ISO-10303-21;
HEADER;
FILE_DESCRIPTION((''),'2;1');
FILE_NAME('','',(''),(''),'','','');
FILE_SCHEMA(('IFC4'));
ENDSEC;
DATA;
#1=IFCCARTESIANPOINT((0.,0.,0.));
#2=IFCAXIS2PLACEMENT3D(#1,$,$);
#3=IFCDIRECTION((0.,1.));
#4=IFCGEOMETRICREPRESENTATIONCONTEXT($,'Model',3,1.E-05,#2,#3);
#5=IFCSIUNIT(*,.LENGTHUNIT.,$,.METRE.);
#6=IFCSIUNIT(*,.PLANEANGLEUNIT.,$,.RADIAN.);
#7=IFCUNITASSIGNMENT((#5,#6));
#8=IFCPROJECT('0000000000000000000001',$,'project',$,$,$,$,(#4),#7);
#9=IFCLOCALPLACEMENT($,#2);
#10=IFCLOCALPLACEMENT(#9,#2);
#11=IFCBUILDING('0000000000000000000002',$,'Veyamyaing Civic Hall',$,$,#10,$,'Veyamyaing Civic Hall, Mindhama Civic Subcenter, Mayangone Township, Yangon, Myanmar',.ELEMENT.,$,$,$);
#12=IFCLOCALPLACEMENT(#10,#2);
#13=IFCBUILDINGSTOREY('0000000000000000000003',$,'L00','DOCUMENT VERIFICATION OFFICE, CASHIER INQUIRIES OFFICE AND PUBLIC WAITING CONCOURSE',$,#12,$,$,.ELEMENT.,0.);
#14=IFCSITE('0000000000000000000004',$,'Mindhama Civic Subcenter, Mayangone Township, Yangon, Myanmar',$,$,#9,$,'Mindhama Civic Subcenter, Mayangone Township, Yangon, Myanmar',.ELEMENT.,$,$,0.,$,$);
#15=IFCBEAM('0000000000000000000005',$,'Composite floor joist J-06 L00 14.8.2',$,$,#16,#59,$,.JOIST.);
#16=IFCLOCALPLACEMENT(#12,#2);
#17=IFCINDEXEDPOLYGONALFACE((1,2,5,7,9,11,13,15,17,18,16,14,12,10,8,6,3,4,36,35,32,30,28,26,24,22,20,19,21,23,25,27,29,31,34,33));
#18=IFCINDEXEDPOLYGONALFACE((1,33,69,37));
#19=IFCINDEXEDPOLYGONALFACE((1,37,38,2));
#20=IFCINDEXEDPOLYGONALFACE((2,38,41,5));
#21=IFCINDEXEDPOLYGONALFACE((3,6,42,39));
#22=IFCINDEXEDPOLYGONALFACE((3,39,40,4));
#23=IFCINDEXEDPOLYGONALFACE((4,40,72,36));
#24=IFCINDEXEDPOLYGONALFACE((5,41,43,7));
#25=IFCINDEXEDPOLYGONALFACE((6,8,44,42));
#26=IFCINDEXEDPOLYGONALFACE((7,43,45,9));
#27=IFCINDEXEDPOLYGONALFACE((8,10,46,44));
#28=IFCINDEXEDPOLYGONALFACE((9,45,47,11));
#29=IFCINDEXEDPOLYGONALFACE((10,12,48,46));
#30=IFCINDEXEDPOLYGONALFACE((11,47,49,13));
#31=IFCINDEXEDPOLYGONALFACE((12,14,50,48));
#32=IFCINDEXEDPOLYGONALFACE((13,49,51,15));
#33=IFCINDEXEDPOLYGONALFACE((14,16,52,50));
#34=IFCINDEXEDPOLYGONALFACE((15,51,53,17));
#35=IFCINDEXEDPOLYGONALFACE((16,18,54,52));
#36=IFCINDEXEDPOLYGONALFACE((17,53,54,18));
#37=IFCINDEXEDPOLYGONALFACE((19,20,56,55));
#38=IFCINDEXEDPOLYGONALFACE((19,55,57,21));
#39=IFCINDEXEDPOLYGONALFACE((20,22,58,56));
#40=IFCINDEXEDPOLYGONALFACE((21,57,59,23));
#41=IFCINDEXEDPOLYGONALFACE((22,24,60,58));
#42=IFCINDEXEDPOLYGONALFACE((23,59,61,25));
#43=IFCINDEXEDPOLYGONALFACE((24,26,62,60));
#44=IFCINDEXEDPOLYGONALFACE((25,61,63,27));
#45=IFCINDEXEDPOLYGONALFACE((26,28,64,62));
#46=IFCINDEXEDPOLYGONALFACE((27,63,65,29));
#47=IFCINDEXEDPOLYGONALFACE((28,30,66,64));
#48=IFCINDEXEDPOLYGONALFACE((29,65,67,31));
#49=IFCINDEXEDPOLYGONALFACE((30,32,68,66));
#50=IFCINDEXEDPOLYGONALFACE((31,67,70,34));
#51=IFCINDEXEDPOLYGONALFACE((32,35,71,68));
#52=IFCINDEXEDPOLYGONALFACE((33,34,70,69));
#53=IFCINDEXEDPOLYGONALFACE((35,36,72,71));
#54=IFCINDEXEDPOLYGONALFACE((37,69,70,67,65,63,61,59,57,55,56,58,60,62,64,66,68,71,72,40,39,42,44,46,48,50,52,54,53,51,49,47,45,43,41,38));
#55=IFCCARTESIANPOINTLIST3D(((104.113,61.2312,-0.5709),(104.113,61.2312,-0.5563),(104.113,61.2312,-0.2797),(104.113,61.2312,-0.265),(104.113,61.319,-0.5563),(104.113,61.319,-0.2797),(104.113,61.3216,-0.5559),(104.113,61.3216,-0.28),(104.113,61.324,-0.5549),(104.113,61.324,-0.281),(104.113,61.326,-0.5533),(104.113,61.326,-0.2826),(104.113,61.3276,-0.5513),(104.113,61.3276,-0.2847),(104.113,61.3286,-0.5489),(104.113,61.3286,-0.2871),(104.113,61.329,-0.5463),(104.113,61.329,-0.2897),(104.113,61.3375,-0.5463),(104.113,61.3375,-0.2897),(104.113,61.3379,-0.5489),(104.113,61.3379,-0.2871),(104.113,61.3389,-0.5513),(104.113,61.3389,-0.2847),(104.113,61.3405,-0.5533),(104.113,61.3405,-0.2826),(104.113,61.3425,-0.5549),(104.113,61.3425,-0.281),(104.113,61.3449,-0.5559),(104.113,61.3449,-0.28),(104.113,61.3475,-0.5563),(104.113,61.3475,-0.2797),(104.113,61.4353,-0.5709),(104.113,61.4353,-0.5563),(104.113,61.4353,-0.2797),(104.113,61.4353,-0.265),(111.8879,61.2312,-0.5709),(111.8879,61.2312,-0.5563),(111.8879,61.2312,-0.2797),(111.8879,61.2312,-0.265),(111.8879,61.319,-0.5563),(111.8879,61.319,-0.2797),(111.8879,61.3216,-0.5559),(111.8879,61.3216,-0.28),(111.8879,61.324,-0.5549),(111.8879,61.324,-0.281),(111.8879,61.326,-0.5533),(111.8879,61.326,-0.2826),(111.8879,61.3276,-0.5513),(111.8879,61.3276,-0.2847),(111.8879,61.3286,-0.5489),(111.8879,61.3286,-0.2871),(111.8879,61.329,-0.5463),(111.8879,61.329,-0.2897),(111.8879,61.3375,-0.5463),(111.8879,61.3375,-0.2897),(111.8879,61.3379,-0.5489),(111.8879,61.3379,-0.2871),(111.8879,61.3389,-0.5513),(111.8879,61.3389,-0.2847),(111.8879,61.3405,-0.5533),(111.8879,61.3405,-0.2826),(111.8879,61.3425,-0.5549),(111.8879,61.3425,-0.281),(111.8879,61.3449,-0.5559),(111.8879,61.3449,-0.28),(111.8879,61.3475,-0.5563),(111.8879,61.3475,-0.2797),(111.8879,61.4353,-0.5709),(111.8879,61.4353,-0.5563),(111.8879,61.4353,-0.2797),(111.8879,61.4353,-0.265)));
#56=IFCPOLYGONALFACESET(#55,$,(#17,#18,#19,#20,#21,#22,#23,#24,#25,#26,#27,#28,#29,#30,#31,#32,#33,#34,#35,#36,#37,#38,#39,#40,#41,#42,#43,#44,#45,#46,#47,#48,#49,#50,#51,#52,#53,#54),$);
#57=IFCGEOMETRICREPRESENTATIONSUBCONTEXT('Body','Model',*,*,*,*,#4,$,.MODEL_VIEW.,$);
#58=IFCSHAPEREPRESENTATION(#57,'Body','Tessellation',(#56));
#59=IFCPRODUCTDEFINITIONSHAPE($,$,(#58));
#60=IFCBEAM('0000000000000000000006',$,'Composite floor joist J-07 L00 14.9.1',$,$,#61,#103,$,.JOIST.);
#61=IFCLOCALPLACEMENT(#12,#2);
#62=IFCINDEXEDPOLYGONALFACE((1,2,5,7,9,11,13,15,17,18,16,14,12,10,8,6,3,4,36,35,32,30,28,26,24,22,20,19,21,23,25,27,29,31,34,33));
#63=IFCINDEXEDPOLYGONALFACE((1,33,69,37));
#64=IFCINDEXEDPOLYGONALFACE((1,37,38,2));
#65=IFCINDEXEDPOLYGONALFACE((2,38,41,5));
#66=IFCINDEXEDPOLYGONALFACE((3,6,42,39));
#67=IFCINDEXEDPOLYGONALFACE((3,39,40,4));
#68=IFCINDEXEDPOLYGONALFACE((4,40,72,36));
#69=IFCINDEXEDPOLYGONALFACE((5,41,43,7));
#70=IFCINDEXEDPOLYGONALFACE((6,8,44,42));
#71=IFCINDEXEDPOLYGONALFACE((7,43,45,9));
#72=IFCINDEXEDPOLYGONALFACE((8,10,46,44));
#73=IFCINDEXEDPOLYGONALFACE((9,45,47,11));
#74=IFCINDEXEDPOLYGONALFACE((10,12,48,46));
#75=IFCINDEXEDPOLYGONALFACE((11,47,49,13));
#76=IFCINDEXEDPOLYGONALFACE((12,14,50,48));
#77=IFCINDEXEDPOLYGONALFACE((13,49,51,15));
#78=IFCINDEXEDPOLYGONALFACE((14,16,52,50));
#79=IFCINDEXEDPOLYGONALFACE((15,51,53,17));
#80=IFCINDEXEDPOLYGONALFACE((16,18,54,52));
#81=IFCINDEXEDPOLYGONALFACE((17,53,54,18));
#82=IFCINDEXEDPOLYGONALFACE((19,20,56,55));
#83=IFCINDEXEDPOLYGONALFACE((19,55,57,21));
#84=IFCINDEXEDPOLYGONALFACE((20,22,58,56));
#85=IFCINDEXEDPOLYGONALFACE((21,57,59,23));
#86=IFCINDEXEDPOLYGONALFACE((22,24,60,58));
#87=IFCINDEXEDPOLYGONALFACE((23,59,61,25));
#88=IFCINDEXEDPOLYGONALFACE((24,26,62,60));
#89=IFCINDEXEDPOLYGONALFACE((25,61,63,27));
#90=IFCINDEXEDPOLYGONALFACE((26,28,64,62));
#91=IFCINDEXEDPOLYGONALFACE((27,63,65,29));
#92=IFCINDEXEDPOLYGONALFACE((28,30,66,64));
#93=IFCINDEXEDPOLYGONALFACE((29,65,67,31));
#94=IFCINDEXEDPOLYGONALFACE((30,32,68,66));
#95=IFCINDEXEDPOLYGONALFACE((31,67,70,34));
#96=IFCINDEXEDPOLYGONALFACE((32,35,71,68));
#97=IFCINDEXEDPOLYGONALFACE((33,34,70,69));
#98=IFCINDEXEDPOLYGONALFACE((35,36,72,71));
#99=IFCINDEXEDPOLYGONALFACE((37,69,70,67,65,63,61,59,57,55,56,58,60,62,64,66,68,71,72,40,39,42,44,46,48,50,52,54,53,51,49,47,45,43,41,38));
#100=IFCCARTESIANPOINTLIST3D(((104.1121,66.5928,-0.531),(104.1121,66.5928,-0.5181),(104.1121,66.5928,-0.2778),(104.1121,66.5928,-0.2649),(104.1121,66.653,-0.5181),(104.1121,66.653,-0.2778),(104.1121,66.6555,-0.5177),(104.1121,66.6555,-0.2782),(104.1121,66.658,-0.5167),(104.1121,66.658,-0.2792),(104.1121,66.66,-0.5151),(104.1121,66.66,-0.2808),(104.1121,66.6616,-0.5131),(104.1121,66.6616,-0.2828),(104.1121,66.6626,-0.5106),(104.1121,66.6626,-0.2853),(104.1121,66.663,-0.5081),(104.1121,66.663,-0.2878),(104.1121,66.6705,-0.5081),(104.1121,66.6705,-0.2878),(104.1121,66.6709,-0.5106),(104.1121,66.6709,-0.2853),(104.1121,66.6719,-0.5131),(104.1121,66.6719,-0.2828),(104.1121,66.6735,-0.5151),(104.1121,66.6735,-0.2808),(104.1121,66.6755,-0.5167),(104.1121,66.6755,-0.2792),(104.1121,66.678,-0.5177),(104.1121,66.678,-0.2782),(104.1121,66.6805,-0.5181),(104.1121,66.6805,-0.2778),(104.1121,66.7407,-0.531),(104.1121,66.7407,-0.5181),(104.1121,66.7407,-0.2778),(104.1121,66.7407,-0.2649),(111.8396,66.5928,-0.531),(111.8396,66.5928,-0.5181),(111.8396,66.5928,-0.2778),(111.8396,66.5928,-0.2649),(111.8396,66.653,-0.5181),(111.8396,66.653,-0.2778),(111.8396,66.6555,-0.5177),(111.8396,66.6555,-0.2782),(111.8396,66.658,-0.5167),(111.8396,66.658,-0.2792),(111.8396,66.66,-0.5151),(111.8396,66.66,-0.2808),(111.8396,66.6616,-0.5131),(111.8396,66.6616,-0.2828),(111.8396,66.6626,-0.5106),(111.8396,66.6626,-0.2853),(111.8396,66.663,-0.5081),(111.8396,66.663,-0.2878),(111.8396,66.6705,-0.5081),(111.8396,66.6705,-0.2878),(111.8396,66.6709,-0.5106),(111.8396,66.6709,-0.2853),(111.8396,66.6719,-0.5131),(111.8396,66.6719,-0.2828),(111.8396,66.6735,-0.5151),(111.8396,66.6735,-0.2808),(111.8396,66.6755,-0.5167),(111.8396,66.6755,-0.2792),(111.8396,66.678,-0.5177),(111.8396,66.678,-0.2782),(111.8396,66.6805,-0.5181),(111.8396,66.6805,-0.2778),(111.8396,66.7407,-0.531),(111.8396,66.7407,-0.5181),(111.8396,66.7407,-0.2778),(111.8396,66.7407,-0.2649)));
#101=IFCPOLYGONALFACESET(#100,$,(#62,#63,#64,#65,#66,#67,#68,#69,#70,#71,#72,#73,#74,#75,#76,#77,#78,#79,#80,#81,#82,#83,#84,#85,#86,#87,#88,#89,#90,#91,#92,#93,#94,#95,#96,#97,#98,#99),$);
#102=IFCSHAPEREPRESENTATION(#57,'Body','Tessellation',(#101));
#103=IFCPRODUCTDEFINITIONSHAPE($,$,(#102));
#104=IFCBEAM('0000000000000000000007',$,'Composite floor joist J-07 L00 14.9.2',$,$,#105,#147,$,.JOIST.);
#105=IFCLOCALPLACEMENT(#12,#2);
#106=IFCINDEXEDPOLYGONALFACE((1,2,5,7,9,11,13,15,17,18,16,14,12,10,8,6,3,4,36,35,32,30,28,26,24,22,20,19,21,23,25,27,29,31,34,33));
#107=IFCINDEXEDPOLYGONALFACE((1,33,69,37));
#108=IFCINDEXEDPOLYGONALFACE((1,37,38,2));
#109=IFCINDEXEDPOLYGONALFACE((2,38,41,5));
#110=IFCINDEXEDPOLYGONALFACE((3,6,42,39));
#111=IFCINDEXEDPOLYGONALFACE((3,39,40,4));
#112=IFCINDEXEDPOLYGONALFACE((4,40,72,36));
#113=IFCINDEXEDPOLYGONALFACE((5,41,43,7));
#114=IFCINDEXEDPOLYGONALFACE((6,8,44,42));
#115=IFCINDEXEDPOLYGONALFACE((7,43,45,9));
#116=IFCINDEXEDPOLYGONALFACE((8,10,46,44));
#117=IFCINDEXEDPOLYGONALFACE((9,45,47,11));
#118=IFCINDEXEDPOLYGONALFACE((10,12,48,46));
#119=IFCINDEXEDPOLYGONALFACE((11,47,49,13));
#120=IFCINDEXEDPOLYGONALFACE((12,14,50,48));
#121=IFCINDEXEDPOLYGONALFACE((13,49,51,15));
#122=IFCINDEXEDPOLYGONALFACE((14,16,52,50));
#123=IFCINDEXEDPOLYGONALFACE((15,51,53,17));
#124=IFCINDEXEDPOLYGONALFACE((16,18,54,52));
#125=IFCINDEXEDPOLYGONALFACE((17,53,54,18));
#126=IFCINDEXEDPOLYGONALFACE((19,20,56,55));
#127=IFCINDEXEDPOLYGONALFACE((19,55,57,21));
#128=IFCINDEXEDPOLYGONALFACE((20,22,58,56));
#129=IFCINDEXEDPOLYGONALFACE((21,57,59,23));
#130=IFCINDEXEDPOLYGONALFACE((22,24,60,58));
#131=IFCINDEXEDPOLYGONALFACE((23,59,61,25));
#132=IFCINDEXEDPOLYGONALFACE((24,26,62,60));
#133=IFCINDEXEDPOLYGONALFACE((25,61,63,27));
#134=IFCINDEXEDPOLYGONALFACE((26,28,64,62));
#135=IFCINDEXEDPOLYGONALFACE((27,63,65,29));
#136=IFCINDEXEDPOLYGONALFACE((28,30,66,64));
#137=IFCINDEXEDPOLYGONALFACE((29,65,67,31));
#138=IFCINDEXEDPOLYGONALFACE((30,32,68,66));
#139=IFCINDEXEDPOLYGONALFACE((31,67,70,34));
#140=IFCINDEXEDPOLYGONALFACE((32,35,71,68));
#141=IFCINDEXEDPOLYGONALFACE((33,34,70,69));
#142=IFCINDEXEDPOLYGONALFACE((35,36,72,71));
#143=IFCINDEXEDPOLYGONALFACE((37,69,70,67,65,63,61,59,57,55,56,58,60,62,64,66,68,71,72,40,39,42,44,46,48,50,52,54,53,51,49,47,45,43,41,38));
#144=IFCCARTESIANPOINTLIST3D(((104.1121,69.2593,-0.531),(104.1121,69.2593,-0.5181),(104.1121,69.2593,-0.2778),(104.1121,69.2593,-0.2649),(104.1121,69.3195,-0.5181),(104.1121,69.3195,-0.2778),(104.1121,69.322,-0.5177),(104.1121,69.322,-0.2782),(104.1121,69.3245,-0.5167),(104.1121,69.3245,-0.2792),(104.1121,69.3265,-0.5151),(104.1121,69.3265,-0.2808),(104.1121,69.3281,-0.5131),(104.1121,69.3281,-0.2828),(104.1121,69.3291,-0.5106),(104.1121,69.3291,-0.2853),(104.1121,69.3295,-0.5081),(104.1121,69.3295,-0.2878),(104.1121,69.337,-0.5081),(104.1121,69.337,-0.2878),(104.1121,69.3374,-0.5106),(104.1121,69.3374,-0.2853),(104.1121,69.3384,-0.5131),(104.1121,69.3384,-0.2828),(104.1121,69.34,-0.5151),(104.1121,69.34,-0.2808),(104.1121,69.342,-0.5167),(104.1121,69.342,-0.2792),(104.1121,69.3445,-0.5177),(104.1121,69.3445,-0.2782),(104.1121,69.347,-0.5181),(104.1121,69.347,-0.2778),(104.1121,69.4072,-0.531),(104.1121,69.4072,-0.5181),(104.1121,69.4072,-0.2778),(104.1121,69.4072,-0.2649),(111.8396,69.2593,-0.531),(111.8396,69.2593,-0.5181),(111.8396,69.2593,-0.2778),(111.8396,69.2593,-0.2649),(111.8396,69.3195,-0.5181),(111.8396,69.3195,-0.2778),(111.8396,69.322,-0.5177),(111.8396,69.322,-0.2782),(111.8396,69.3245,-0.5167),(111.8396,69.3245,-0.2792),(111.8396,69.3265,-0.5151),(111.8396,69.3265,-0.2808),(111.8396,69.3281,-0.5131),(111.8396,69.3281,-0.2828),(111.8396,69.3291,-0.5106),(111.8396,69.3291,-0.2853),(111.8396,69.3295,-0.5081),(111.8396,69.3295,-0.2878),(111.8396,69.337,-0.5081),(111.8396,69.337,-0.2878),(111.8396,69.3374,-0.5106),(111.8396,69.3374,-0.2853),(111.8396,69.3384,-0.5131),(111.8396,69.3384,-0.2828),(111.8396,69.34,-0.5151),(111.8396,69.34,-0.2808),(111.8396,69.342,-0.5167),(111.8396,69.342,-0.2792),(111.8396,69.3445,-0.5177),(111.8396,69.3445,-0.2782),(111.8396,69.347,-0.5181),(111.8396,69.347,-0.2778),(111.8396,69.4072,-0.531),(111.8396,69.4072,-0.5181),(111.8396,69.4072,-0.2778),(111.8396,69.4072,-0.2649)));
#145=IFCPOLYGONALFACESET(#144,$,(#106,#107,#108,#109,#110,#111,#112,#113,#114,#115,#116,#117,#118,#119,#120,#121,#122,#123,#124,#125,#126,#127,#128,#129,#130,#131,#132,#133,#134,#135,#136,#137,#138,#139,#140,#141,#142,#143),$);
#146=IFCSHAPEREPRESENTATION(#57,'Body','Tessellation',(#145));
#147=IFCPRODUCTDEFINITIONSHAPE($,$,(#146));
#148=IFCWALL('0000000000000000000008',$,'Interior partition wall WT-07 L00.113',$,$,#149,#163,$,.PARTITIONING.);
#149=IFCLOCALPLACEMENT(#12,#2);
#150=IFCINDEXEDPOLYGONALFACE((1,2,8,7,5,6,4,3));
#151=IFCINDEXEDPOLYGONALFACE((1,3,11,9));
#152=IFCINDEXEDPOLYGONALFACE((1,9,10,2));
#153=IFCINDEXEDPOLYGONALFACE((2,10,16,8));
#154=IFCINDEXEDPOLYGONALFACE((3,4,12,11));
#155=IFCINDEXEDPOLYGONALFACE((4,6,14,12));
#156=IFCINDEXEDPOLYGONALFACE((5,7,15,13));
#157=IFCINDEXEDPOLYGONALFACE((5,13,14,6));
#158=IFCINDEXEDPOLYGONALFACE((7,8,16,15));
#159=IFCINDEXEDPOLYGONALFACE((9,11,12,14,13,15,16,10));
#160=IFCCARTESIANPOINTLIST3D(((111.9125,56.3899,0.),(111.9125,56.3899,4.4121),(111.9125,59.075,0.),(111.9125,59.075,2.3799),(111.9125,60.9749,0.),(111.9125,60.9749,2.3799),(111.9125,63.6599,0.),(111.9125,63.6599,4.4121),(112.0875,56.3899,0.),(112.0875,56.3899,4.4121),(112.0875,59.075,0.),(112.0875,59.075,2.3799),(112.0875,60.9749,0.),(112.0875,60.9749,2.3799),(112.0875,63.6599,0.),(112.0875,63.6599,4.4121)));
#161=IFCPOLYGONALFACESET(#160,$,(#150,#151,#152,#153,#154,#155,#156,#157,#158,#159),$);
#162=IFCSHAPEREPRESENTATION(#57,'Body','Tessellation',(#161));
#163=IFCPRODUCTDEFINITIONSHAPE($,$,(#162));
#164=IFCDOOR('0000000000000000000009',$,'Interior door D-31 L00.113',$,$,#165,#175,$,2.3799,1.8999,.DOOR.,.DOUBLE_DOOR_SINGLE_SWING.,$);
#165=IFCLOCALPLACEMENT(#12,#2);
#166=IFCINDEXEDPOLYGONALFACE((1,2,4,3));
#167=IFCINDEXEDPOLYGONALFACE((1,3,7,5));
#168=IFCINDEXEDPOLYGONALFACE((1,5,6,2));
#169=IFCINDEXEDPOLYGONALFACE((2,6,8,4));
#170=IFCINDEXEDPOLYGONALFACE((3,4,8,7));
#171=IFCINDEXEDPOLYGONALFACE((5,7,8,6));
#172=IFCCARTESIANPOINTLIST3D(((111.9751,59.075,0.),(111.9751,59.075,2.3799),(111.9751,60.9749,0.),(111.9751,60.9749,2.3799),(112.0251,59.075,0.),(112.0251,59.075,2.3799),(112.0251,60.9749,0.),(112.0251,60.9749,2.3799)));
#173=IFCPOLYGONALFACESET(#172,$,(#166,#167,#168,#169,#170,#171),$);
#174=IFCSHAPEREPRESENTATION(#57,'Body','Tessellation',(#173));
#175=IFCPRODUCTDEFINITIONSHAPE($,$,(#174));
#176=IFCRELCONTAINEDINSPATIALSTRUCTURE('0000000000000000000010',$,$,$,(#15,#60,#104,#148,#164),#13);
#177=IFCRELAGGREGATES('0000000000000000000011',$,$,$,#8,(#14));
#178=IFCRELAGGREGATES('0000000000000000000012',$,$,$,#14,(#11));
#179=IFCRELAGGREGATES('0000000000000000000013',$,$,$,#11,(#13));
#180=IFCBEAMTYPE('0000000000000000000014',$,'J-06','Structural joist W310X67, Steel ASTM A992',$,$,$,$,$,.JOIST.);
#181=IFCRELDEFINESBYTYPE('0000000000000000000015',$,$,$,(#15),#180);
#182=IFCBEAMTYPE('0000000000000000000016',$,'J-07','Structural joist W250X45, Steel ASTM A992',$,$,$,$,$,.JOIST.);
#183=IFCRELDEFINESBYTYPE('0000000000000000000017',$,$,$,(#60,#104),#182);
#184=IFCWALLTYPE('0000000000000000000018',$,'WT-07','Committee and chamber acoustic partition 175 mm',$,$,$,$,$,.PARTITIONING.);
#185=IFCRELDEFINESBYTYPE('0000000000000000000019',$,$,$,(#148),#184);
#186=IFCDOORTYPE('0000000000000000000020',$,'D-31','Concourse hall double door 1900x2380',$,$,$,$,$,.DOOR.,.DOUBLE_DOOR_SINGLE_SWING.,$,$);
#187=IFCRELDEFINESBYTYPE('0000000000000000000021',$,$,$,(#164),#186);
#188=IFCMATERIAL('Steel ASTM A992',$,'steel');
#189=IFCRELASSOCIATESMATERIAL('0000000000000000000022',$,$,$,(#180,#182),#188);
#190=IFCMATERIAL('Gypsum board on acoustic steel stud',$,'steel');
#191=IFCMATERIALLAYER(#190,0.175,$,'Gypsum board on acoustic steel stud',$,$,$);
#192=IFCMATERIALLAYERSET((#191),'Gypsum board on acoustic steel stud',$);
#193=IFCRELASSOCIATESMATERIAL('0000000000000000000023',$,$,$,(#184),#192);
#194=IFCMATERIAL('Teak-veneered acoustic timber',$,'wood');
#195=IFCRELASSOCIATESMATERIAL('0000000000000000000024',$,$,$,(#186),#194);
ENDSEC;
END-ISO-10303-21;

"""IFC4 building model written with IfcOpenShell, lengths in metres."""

from ifc_helpers import new_model, si_unit, direction, frame, frame_2d, origin, origin_2d, place, context, subcontext, project, spatial, rectangle, i_section, extrude, material, layer, layer_set, material_profile, profile_set, type_object, element, fill, save


model = new_model("IFC4")

# Units and contexts
model_context = context("Model", 3, precision=1e-05, world=origin(), true_north=direction((0.0, 1.0)))
body_context = subcontext(model_context, "Body", "Model", "MODEL_VIEW")
ifc_project = project(units=[si_unit("LENGTHUNIT", "METRE"), si_unit("PLANEANGLEUNIT", "RADIAN")], contexts=[model_context])

# Site, building, storey
site_placement = place(None, origin())
site = spatial("IfcSite", under=ifc_project, at=site_placement, Name="Mindhama Civic Subcenter, Mayangone Township, Yangon, Myanmar", LongName="Mindhama Civic Subcenter, Mayangone Township, Yangon, Myanmar", CompositionType="ELEMENT", RefElevation=0.0)
building_placement = place(site_placement, origin())
building = spatial("IfcBuilding", under=site, at=building_placement, Name="Veyamyaing Civic Hall", LongName="Veyamyaing Civic Hall, Mindhama Civic Subcenter, Mayangone Township, Yangon, Myanmar", CompositionType="ELEMENT")
storey_placement = place(building_placement, origin())
storey = spatial("IfcBuildingStorey", under=building, at=storey_placement, Name="L00", Description="DOCUMENT VERIFICATION OFFICE, CASHIER INQUIRIES OFFICE AND PUBLIC WAITING CONCOURSE", CompositionType="ELEMENT", Elevation=0.0)

# Beams
ifc_material_1 = material(Name="Steel ASTM A992", Category="steel")
ifc_material_profile_1 = material_profile(ifc_material_1, i_section(OverallWidth=0.2041, OverallDepth=0.3059, WebThickness=0.0085, FlangeThickness=0.0146, FilletRadius=0.01, at=origin_2d()), Name="W310X67")
ifc_profile_set_1 = profile_set([ifc_material_profile_1], Name="Steel ASTM A992")
beam_type_1 = type_object("IfcBeamType", Name="J-06", Description="Structural joist W310X67, Steel ASTM A992", PredefinedType="JOIST", material=ifc_profile_set_1)
for number, where, z_axis, x_axis, name in (
    (1, (104.113, 61.3333, -0.418), (1.0, 0.0, 0.0), (0.0, 1.0, 0.0), "Composite floor joist J-06 L00 14.8.2"),
):
    element("IfcBeam", number, at=place(storey_placement, frame(where, z_axis=z_axis, x_axis=x_axis)), inside=storey, type_object=beam_type_1, Name=name, PredefinedType="JOIST", context=body_context, shape_type="SweptSolid", body=[
        extrude(i_section(OverallWidth=0.2041, OverallDepth=0.3059, WebThickness=0.0085, FlangeThickness=0.0146, FilletRadius=0.01, at=origin_2d()), origin(), (0.0, 0.0, 1.0), 7.7749),
    ])
ifc_material_profile_2 = material_profile(ifc_material_1, i_section(OverallWidth=0.1479, OverallDepth=0.2661, WebThickness=0.0076, FlangeThickness=0.0129, FilletRadius=0.01, at=origin_2d()), Name="W250X45")
ifc_profile_set_2 = profile_set([ifc_material_profile_2], Name="Steel ASTM A992")
beam_type_2 = type_object("IfcBeamType", Name="J-07", Description="Structural joist W250X45, Steel ASTM A992", PredefinedType="JOIST", material=ifc_profile_set_2)
for number, where, z_axis, x_axis, name in (
    (2, (104.1121, 66.6667, -0.3979), (1.0, 0.0, 0.0), (0.0, 1.0, 0.0), "Composite floor joist J-07 L00 14.9.1"),
    (3, (104.1121, 69.3333, -0.3979), (1.0, 0.0, 0.0), (0.0, 1.0, 0.0), "Composite floor joist J-07 L00 14.9.2"),
):
    element("IfcBeam", number, at=place(storey_placement, frame(where, z_axis=z_axis, x_axis=x_axis)), inside=storey, type_object=beam_type_2, Name=name, PredefinedType="JOIST", context=body_context, shape_type="SweptSolid", body=[
        extrude(i_section(OverallWidth=0.1479, OverallDepth=0.2661, WebThickness=0.0076, FlangeThickness=0.0129, FilletRadius=0.01, at=origin_2d()), origin(), (0.0, 0.0, 1.0), 7.7275),
    ])

# Wall, opening, door
ifc_material_2 = material(Name="Gypsum board on acoustic steel stud", Category="steel")
ifc_layer_1 = layer(ifc_material_2, 0.175, Name="Gypsum board on acoustic steel stud")
ifc_layer_set_1 = layer_set([ifc_layer_1], Name="Gypsum board on acoustic steel stud")
wall_type_1 = type_object("IfcWallType", Name="WT-07", Description="Committee and chamber acoustic partition 175 mm", PredefinedType="PARTITIONING", material=ifc_layer_set_1)
wall_1_placement = place(storey_placement, frame((112.0, 56.3899, 0.0), z_axis=(0.0, 0.0, 1.0), x_axis=(0.0, 1.0, 0.0)))
wall_1 = element("IfcWall", 4, at=wall_1_placement, inside=storey, type_object=wall_type_1, Name="Interior partition wall WT-07 L00.113", PredefinedType="PARTITIONING", context=body_context, shape_type="SweptSolid", body=[
    extrude(rectangle(XDim=7.27, YDim=0.175, at=frame_2d((3.635, 0.0))), origin(), (0.0, 0.0, 1.0), 4.4121),
])
opening_1_placement = place(wall_1_placement, frame((2.6851, 0.0, 0.0)))
opening_1 = element("IfcOpeningElement", 5, at=opening_1_placement, cuts=wall_1, PredefinedType="OPENING", context=body_context, shape_type="SweptSolid", body=[
    extrude(rectangle(XDim=1.8999, YDim=2.3799, at=frame_2d((0.95, 1.1899))), frame((0.0, 0.0974, 0.0), z_axis=(0.0, -1.0, 0.0), x_axis=(1.0, 0.0, 0.0)), (0.0, 0.0, 1.0), 0.1951),
])
ifc_material_3 = material(Name="Teak-veneered acoustic timber", Category="wood")
door_type_1 = type_object("IfcDoorType", Name="D-31", Description="Concourse hall double door 1900x2380", OperationType="DOUBLE_DOOR_SINGLE_SWING", PredefinedType="DOOR", material=ifc_material_3)
door_1_placement = place(opening_1_placement, origin())
door_1 = element("IfcDoor", 6, at=door_1_placement, inside=storey, type_object=door_type_1, Name="Interior door D-31 L00.113", OperationType="DOUBLE_DOOR_SINGLE_SWING", OverallHeight=2.3799, OverallWidth=1.8999, PredefinedType="DOOR", context=body_context, shape_type="SweptSolid", body=[
    extrude(rectangle(XDim=1.8999, YDim=2.3799, at=frame_2d((0.95, 1.1899))), frame((0.0, 0.0249, 0.0), z_axis=(0.0, -1.0, 0.0), x_axis=(1.0, 0.0, 0.0)), (0.0, 0.0, 1.0), 0.05),
])
fill(opening_1, door_1)

save(model, "model.ifc")
